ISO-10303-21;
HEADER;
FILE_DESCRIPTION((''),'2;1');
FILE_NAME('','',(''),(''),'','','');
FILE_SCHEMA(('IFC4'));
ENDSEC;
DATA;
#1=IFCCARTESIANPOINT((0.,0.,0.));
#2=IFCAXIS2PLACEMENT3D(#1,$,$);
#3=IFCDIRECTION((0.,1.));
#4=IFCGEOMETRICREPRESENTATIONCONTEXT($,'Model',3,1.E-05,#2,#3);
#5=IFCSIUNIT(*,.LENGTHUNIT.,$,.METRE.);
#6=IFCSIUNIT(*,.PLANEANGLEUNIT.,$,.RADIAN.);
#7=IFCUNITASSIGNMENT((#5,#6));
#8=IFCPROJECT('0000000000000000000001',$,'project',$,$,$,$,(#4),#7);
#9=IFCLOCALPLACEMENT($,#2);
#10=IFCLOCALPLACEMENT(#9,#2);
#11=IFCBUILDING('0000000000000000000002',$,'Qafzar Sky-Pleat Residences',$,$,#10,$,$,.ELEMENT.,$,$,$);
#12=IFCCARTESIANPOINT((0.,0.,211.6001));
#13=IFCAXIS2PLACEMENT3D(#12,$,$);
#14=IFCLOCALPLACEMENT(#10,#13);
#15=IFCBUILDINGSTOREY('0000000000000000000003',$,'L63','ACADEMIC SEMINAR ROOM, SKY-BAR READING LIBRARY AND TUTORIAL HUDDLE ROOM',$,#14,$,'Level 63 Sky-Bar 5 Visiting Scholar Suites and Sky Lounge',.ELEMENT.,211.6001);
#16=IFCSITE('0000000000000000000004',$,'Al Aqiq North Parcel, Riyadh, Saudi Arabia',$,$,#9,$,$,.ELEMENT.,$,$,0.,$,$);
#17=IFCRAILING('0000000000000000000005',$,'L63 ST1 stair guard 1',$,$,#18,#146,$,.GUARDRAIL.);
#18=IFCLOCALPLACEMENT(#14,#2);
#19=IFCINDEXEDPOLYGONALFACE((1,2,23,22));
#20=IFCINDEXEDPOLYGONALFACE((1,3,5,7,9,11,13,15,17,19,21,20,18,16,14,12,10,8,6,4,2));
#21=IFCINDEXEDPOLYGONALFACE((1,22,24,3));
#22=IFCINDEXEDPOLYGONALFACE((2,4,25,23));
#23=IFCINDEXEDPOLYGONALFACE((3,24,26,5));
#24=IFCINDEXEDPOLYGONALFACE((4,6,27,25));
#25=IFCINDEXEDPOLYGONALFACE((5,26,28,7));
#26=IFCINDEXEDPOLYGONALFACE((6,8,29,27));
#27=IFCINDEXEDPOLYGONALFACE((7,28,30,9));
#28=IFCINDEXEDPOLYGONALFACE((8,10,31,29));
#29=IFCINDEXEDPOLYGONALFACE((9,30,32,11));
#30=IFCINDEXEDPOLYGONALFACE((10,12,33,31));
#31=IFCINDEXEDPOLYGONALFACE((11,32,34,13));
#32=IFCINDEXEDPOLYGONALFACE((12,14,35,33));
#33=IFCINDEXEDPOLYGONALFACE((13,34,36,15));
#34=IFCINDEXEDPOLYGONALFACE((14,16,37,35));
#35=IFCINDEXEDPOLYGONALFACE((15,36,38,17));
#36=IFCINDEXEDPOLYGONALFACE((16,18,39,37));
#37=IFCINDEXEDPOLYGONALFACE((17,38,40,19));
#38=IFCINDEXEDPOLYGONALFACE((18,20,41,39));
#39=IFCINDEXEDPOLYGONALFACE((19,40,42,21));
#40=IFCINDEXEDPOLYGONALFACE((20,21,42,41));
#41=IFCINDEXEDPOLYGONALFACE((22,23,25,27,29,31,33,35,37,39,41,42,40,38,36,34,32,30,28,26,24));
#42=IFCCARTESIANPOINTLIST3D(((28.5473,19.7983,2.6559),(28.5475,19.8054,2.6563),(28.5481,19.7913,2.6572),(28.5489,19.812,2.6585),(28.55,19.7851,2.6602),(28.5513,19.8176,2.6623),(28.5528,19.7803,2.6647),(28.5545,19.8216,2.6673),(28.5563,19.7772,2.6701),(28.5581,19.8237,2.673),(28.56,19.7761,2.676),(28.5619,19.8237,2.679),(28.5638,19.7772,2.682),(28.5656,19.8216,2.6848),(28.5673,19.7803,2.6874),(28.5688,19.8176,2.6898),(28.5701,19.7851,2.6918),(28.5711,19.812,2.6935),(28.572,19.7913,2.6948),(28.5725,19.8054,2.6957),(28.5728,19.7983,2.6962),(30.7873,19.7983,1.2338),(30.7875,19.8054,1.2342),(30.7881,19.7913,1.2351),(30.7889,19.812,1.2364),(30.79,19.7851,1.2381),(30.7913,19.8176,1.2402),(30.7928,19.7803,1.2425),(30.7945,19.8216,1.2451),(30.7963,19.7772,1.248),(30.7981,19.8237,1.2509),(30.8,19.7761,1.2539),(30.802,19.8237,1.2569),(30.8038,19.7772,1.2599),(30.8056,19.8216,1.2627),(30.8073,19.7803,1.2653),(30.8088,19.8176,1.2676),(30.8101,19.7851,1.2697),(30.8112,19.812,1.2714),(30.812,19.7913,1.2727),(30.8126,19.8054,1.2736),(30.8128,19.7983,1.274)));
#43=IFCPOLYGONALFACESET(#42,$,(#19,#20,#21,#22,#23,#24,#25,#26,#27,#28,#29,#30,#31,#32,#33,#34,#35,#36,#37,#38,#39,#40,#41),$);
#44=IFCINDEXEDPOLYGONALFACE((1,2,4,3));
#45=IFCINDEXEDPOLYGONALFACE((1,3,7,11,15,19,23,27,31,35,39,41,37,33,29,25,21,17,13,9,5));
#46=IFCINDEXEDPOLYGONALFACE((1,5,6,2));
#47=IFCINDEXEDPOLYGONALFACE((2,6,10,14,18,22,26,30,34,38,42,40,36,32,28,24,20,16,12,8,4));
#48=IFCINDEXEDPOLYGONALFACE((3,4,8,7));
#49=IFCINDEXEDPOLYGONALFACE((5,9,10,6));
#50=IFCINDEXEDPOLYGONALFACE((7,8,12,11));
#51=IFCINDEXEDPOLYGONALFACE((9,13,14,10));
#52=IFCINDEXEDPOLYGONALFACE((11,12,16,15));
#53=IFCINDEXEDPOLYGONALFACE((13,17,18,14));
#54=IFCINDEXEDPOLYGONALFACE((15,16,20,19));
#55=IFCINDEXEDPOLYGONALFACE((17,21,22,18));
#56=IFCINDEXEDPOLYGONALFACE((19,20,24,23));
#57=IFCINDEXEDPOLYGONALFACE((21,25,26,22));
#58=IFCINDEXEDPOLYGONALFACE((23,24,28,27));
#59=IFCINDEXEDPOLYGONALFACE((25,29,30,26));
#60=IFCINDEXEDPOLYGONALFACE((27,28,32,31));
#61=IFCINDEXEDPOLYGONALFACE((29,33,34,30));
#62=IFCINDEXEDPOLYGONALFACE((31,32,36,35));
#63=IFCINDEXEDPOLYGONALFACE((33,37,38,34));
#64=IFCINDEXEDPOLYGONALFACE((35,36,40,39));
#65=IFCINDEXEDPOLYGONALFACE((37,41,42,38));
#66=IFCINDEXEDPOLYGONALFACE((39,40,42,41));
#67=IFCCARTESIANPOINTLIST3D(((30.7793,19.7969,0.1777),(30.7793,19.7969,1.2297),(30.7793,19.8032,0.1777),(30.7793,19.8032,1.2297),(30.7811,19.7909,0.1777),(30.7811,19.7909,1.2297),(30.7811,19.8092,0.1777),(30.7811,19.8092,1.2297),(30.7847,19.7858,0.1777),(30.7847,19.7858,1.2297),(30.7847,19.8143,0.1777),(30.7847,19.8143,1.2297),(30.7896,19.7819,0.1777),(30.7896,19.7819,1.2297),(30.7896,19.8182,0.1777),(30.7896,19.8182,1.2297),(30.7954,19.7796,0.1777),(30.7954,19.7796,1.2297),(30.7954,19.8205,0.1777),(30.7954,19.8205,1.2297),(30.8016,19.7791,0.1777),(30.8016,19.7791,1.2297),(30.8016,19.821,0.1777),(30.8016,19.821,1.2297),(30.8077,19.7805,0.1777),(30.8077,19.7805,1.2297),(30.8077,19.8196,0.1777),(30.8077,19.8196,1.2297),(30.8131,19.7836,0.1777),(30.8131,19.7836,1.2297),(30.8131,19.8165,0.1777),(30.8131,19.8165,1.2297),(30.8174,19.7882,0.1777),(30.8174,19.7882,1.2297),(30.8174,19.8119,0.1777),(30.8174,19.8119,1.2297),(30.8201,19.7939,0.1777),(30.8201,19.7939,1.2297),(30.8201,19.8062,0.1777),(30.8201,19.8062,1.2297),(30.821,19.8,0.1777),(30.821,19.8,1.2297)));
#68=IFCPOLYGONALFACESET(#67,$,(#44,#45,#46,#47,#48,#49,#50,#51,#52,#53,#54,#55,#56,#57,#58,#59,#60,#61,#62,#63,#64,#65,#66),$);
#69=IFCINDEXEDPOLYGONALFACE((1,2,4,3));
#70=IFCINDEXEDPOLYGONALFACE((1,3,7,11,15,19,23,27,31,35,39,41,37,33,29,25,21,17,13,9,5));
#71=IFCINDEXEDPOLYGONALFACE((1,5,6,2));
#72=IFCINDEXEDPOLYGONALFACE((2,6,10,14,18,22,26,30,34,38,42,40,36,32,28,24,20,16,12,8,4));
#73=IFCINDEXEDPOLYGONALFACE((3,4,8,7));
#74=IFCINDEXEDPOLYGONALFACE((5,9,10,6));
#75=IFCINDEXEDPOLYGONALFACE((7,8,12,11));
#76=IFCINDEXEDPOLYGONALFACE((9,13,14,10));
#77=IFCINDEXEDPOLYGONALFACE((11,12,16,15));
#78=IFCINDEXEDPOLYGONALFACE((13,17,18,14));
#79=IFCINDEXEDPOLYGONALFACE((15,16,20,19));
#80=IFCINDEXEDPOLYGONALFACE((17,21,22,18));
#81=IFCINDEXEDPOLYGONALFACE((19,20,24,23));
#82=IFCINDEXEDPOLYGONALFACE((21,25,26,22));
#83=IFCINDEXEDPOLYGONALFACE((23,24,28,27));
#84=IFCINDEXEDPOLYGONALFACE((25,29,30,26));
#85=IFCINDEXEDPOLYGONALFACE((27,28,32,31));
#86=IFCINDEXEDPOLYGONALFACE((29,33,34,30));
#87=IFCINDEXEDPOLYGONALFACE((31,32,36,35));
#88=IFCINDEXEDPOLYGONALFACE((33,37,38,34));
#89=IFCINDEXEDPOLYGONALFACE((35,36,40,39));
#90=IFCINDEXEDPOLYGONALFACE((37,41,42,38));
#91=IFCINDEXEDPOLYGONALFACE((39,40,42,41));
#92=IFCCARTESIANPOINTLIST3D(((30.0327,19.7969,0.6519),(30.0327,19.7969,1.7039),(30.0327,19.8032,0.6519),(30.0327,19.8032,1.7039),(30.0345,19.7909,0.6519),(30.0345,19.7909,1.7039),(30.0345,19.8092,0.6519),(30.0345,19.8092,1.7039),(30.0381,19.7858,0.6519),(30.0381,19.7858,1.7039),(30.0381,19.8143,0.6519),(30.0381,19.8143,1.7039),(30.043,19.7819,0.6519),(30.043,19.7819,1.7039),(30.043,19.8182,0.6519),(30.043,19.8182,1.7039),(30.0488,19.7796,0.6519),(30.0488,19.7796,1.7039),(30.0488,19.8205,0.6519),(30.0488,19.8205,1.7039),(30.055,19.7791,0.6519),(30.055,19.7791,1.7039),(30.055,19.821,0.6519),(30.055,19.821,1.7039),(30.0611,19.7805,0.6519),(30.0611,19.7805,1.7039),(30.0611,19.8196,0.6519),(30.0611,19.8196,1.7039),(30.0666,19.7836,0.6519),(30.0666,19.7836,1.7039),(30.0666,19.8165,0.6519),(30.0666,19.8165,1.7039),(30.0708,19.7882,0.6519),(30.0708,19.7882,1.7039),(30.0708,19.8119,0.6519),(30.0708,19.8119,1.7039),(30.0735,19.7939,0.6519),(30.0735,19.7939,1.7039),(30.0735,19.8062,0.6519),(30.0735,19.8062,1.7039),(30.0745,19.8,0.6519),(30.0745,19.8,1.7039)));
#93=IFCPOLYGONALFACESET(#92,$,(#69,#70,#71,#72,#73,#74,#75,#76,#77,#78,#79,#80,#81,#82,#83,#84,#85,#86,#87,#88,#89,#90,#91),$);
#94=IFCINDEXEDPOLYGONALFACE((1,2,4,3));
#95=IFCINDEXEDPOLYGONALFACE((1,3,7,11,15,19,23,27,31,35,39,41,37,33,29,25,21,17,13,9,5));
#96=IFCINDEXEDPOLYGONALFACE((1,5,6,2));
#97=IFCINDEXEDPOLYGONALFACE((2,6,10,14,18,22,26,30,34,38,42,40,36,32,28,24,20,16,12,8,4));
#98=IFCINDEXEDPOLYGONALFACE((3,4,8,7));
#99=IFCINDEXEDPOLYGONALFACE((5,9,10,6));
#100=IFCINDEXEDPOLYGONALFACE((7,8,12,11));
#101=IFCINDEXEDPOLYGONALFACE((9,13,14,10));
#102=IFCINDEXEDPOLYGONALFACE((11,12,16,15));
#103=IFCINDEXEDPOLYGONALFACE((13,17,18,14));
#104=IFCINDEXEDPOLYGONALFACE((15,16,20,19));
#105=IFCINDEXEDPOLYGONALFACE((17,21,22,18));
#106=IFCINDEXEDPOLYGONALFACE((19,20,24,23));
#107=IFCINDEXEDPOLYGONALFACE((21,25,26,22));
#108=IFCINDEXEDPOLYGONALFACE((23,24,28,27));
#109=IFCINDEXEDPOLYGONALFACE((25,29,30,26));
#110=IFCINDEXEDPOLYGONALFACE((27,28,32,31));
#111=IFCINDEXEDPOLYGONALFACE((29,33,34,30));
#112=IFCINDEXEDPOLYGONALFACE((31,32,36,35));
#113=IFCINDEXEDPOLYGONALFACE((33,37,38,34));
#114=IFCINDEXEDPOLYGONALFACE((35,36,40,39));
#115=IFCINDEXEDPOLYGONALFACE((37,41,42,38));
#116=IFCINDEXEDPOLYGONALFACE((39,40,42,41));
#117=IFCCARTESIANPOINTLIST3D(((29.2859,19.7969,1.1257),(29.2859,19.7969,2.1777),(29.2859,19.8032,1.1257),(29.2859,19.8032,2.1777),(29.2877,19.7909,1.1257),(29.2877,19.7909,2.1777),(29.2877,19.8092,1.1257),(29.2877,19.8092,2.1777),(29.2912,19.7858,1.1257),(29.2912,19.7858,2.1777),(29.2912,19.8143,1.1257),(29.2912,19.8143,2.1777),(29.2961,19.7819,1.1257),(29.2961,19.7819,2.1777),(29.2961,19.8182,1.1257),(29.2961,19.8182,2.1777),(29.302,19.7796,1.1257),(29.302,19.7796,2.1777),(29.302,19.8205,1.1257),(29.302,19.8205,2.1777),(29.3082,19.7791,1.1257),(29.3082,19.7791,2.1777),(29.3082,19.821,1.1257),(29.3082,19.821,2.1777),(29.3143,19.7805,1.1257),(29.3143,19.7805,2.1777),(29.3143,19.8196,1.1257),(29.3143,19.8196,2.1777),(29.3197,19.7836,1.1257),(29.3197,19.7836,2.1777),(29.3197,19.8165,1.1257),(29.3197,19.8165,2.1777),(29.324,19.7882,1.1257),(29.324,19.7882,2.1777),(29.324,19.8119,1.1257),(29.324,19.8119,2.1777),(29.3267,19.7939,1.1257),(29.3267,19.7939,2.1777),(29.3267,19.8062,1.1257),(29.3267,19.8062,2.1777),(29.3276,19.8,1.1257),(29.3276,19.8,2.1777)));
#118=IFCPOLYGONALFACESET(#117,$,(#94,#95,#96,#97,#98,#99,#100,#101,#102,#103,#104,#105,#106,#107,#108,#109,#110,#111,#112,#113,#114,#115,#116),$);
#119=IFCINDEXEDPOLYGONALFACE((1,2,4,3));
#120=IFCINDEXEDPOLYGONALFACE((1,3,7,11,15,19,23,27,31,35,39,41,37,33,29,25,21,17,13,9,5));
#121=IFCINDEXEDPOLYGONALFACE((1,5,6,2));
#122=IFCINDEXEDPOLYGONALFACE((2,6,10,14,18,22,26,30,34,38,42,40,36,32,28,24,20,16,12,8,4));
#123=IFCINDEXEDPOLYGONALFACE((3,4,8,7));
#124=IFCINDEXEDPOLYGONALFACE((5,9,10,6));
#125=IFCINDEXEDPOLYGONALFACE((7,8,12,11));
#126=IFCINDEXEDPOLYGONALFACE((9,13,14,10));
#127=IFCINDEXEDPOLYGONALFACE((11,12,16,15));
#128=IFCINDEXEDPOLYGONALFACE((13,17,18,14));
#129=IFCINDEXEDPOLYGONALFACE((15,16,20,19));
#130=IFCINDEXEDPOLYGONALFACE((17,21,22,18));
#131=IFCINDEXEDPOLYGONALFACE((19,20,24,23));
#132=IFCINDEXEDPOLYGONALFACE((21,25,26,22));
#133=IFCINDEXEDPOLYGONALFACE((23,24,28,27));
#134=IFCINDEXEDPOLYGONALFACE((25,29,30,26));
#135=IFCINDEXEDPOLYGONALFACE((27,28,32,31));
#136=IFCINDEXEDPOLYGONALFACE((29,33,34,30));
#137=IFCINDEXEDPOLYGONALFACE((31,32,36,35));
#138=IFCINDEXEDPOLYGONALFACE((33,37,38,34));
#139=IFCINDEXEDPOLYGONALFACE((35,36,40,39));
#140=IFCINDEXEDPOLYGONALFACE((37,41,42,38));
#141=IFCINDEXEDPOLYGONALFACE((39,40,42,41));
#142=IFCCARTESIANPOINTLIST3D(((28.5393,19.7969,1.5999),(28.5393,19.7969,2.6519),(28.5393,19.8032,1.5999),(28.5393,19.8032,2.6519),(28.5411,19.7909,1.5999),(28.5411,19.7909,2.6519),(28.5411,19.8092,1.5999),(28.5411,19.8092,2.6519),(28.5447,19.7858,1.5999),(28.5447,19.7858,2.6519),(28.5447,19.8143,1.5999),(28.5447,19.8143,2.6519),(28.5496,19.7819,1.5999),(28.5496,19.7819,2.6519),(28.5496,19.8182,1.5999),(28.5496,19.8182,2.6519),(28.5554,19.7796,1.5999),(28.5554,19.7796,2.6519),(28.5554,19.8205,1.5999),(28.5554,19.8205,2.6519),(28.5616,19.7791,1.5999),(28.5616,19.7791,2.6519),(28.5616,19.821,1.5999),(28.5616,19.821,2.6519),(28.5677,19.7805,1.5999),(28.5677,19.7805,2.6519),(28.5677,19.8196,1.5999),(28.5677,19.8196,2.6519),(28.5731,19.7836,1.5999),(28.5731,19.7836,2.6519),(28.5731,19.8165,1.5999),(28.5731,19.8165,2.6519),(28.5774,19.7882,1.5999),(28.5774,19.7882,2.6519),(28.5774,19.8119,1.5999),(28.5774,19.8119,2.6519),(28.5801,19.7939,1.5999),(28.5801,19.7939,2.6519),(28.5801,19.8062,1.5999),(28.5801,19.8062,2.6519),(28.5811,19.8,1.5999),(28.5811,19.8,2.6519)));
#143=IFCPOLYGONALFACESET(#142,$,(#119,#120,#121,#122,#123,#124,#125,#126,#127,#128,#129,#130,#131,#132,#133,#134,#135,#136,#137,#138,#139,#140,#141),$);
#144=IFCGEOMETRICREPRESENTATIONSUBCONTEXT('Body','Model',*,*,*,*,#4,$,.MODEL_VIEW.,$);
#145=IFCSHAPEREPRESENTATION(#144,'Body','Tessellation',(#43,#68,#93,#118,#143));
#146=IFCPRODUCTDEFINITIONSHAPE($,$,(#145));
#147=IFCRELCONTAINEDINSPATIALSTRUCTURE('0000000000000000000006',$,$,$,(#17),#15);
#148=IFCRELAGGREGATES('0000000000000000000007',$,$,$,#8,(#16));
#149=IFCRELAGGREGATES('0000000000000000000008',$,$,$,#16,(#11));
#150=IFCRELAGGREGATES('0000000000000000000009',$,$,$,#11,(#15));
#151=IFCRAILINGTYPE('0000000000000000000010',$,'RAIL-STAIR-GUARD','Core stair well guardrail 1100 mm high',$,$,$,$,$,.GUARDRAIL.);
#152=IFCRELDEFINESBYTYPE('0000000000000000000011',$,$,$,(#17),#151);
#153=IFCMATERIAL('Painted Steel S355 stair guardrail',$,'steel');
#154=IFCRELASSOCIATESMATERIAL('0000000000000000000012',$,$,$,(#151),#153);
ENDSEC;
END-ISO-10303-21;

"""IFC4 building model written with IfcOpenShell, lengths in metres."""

from ifc_helpers import new_model, si_unit, direction, frame, origin, origin_2d, place, context, subcontext, project, spatial, circle, extrude, source, transform, mapped, material, type_object, element, save


model = new_model("IFC4")

# Units and contexts
model_context = context("Model", 3, precision=1e-05, world=origin(), true_north=direction((0.0, 1.0)))
body_context = subcontext(model_context, "Body", "Model", "MODEL_VIEW")
ifc_project = project(units=[si_unit("LENGTHUNIT", "METRE"), si_unit("PLANEANGLEUNIT", "RADIAN")], contexts=[model_context])

# Site, building, storey
site_placement = place(None, origin())
site = spatial("IfcSite", under=ifc_project, at=site_placement, Name="Al Aqiq North Parcel, Riyadh, Saudi Arabia", CompositionType="ELEMENT", RefElevation=0.0)
building_placement = place(site_placement, origin())
building = spatial("IfcBuilding", under=site, at=building_placement, Name="Qafzar Sky-Pleat Residences", CompositionType="ELEMENT")
storey_placement = place(building_placement, frame((0.0, 0.0, 211.6001)))
storey = spatial("IfcBuildingStorey", under=building, at=storey_placement, Name="L63", Description="ACADEMIC SEMINAR ROOM, SKY-BAR READING LIBRARY AND TUTORIAL HUDDLE ROOM", LongName="Level 63 Sky-Bar 5 Visiting Scholar Suites and Sky Lounge", CompositionType="ELEMENT", Elevation=211.6001)

# Railing
ifc_material_1 = material(Name="Painted Steel S355 stair guardrail", Category="steel")
railing_type_1 = type_object("IfcRailingType", Name="RAIL-STAIR-GUARD", Description="Core stair well guardrail 1100 mm high", PredefinedType="GUARDRAIL", material=ifc_material_1)
shared_shape_1 = source(origin(), body_context, "Body", "SweptSolid", [
    extrude(circle(Radius=0.0239, at=origin_2d()), frame((0.0, 0.0, 1.0762), z_axis=(-0.844229, 0.0, 0.535982), x_axis=(0.0, -1.0, 0.0)), (0.0, 0.0, 1.0), 2.6533),
    extrude(circle(Radius=0.021, at=origin_2d()), origin(), (0.0, 0.0, 1.0), 1.052),
    extrude(circle(Radius=0.021, at=origin_2d()), frame((-0.7466, 0.0, 0.4741)), (0.0, 0.0, 1.0), 1.052),
    extrude(circle(Radius=0.021, at=origin_2d()), frame((-1.4934, 0.0, 0.948)), (0.0, 0.0, 1.0), 1.052),
    extrude(circle(Radius=0.021, at=origin_2d()), frame((-2.24, 0.0, 1.4221)), (0.0, 0.0, 1.0), 1.052),
])
railing_1_placement = place(storey_placement, frame((30.8, 19.8, 0.1777)))
element("IfcRailing", 1, at=railing_1_placement, inside=storey, type_object=railing_type_1, Name="L63 ST1 stair guard 1", PredefinedType="GUARDRAIL", context=body_context, shape_type="MappedRepresentation", body=[
    mapped(shared_shape_1, transform((0.0, 0.0, 0.0), x_axis=(1.0, 0.0, 0.0), y_axis=(0.0, 1.0, 0.0), z_axis=(0.0, 0.0, 1.0), scale=1.0)),
])

save(model, "model.ifc")
